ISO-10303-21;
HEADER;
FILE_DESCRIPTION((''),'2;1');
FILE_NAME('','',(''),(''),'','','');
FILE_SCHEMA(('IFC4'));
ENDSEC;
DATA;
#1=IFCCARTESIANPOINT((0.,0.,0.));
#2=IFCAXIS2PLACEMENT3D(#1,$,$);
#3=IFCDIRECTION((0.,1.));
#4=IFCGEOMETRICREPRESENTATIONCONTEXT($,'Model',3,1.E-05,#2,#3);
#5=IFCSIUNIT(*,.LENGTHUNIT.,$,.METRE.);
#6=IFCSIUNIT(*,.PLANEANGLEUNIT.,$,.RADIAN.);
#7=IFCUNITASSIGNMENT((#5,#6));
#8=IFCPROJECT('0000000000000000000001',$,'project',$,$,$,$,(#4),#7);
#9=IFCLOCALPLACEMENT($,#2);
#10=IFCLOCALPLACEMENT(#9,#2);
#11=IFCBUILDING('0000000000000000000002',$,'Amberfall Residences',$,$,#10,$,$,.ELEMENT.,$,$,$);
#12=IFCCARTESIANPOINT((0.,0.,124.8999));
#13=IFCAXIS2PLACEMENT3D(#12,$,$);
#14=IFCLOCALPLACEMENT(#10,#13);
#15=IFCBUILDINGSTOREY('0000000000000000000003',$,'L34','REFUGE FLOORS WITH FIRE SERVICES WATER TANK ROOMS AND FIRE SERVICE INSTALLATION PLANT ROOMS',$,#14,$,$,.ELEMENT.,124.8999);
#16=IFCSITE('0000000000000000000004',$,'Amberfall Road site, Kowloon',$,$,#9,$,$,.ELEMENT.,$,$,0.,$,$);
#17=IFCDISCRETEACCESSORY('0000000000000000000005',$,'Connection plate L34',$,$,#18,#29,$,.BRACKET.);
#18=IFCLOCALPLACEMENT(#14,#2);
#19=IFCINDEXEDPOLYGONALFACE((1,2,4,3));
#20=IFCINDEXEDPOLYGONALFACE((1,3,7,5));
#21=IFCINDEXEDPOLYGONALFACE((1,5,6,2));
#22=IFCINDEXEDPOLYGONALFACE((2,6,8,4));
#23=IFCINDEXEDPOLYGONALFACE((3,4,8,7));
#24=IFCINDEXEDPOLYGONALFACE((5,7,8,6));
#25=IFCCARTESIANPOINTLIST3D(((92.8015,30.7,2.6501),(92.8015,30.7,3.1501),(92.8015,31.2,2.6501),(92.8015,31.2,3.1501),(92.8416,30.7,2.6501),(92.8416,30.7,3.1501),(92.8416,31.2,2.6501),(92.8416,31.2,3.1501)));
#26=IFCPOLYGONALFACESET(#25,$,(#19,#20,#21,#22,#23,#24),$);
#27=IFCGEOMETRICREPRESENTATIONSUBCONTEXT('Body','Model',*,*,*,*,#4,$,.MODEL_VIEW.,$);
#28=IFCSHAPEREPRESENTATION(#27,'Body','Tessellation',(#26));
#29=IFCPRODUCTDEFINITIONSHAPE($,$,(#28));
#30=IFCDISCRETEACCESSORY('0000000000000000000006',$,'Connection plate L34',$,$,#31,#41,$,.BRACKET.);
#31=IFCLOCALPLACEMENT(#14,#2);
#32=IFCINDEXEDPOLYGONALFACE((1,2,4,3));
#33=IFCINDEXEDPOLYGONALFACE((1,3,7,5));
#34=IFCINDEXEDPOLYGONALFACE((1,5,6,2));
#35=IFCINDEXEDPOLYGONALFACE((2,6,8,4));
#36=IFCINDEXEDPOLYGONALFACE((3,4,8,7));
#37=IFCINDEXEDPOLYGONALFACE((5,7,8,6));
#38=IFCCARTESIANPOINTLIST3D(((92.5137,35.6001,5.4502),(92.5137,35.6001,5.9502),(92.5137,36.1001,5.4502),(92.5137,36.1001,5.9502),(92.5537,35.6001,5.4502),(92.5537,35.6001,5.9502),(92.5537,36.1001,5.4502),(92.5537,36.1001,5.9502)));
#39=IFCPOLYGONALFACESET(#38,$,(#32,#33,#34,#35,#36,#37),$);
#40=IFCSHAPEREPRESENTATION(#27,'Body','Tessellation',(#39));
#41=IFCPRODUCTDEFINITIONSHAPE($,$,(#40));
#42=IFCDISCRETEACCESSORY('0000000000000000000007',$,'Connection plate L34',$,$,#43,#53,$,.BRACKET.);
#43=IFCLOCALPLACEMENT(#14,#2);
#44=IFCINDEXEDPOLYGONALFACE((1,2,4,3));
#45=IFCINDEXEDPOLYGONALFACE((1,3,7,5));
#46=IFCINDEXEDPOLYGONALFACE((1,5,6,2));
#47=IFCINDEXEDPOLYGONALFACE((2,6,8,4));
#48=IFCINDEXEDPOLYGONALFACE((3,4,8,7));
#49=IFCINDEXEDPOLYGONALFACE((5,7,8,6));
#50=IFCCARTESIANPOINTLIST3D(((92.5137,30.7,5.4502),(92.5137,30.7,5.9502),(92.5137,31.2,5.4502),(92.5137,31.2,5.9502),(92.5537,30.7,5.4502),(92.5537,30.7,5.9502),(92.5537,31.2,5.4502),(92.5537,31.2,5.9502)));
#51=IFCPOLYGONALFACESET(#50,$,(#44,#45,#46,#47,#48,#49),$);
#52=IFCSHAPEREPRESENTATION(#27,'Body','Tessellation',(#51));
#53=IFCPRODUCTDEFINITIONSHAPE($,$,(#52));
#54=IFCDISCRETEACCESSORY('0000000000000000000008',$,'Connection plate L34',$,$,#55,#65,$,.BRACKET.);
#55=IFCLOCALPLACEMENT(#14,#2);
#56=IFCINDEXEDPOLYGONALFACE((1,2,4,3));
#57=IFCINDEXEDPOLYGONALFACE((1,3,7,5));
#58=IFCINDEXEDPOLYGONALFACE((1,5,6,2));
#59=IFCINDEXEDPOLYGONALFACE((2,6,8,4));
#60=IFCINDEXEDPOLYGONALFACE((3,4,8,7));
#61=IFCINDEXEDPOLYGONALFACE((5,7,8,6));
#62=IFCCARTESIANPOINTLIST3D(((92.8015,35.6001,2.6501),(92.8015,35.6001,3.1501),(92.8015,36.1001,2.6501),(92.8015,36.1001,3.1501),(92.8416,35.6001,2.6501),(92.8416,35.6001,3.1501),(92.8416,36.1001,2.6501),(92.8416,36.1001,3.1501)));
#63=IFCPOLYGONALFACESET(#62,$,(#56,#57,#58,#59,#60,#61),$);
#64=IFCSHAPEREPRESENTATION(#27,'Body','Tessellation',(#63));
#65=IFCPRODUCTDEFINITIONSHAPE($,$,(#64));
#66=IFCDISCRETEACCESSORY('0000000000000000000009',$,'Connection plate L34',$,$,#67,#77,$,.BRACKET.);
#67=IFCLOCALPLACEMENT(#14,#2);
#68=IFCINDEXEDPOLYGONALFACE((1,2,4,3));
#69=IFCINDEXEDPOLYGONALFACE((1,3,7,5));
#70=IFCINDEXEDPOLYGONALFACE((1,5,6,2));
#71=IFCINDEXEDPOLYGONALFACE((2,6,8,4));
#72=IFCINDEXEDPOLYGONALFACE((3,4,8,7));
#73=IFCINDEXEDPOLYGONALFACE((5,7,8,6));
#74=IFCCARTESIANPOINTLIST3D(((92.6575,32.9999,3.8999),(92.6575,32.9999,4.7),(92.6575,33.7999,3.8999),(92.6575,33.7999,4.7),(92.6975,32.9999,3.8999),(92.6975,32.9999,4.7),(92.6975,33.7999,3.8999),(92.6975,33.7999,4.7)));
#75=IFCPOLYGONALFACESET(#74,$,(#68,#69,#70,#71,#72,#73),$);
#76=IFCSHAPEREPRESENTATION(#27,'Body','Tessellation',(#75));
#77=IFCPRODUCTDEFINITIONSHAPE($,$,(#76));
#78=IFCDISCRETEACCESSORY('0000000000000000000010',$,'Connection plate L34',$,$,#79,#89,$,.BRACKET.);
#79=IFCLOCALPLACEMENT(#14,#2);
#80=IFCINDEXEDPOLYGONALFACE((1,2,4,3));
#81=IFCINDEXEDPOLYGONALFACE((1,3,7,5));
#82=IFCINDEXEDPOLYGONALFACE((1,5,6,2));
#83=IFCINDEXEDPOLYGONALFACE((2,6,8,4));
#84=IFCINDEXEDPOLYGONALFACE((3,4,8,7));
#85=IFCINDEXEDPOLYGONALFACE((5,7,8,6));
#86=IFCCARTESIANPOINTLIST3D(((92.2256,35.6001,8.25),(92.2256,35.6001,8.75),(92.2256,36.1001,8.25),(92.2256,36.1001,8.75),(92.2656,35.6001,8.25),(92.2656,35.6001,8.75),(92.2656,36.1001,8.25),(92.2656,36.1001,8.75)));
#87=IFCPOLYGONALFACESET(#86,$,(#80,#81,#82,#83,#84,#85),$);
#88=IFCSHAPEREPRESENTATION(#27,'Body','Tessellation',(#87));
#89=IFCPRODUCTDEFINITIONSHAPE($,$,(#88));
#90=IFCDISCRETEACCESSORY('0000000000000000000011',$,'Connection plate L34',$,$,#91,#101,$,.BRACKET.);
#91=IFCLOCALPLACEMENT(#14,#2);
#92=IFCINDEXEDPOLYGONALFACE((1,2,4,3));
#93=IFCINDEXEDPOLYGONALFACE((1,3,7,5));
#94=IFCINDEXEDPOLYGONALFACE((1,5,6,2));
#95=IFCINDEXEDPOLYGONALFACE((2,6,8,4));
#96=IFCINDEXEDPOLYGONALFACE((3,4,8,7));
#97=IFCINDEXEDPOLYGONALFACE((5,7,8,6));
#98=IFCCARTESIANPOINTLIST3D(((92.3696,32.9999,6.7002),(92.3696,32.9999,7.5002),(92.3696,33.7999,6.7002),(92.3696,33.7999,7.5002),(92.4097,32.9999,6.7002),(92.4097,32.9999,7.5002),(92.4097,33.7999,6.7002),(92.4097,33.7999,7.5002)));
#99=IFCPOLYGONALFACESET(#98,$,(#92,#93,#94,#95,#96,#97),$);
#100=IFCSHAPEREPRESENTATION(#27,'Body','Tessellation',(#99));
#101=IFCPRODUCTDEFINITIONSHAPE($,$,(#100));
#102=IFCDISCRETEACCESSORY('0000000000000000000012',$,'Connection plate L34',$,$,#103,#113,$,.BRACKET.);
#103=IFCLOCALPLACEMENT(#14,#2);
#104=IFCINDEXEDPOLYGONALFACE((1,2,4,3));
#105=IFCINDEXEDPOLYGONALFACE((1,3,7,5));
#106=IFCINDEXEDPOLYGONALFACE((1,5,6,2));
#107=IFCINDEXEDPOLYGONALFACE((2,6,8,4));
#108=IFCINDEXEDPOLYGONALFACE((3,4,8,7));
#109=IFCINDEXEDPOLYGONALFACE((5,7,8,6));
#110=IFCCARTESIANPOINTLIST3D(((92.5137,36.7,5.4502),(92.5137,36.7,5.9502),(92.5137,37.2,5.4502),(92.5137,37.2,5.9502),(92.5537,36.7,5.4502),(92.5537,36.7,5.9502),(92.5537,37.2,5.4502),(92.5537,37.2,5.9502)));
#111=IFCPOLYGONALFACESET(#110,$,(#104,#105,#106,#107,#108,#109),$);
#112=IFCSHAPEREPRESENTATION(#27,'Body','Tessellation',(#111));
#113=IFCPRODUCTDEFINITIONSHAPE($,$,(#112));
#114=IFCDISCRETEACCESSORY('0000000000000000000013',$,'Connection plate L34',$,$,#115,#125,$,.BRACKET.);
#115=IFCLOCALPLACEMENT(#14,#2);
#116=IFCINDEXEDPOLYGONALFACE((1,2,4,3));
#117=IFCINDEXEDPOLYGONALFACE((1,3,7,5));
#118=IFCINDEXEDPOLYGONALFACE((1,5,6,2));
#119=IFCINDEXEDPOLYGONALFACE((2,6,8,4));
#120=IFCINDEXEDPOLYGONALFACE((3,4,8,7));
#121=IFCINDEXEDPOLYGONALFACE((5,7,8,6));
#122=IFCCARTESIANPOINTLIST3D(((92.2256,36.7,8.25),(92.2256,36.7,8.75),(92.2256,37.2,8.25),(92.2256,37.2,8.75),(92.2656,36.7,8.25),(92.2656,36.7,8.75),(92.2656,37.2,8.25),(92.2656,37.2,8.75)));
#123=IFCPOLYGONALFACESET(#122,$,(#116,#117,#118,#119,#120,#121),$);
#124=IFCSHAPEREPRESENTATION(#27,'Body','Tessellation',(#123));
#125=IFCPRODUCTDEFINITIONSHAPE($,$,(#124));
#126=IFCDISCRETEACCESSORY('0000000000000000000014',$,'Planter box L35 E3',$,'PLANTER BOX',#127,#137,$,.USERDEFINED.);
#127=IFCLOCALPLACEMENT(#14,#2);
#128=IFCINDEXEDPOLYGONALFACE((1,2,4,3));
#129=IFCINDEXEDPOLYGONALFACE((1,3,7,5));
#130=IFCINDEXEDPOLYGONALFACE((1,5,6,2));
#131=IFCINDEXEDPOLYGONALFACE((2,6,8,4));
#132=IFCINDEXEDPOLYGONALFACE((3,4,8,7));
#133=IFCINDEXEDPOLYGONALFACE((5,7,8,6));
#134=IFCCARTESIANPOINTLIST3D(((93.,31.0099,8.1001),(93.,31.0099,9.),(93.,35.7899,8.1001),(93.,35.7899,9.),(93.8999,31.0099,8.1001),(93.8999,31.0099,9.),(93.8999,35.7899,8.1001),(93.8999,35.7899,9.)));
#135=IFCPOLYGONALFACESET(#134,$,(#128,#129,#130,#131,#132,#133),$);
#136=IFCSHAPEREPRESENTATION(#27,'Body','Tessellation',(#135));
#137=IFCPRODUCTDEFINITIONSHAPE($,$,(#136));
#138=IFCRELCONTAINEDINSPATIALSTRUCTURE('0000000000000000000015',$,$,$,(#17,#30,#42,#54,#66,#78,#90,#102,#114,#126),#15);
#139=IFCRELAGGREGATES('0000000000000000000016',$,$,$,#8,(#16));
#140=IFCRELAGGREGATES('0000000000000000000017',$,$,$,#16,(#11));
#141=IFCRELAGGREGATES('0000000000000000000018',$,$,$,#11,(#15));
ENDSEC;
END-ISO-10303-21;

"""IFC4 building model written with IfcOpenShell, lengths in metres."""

from ifc_helpers import new_model, si_unit, direction, frame, origin, origin_2d, place, context, subcontext, project, spatial, rectangle, extrude, element, save


model = new_model("IFC4")

# Units and contexts
model_context = context("Model", 3, precision=1e-05, world=origin(), true_north=direction((0.0, 1.0)))
body_context = subcontext(model_context, "Body", "Model", "MODEL_VIEW")
ifc_project = project(units=[si_unit("LENGTHUNIT", "METRE"), si_unit("PLANEANGLEUNIT", "RADIAN")], contexts=[model_context])

# Site, building, storey
site_placement = place(None, origin())
site = spatial("IfcSite", under=ifc_project, at=site_placement, Name="Amberfall Road site, Kowloon", CompositionType="ELEMENT", RefElevation=0.0)
building_placement = place(site_placement, origin())
building = spatial("IfcBuilding", under=site, at=building_placement, Name="Amberfall Residences", CompositionType="ELEMENT")
storey_placement = place(building_placement, frame((0.0, 0.0, 124.8999)))
storey = spatial("IfcBuildingStorey", under=building, at=storey_placement, Name="L34", Description="REFUGE FLOORS WITH FIRE SERVICES WATER TANK ROOMS AND FIRE SERVICE INSTALLATION PLANT ROOMS", CompositionType="ELEMENT", Elevation=124.8999)

# Discrete accessories
for number, where, z_axis, x_axis, name in (
    (1, (92.8215, 30.95, 2.6501), (0.0, 0.0, 1.0), (0.0, 1.0, 0.0), "Connection plate L34"),
    (2, (92.5337, 35.8501, 5.4502), (0.0, 0.0, 1.0), (0.0, 1.0, 0.0), "Connection plate L34"),
    (3, (92.5337, 30.95, 5.4502), (0.0, 0.0, 1.0), (0.0, 1.0, 0.0), "Connection plate L34"),
    (4, (92.8215, 35.8501, 2.6501), (0.0, 0.0, 1.0), (0.0, 1.0, 0.0), "Connection plate L34"),
):
    element("IfcDiscreteAccessory", number, at=place(storey_placement, frame(where, z_axis=z_axis, x_axis=x_axis)), inside=storey, Name=name, PredefinedType="BRACKET", context=body_context, shape_type="SweptSolid", body=[
        extrude(rectangle(XDim=0.5, YDim=0.04, at=origin_2d()), origin(), (0.0, 0.0, 1.0), 0.5),
    ])
discrete_accessory_1_placement = place(storey_placement, frame((92.6775, 33.3999, 3.8999), z_axis=(0.0, 0.0, 1.0), x_axis=(0.0, 1.0, 0.0)))
element("IfcDiscreteAccessory", 5, at=discrete_accessory_1_placement, inside=storey, Name="Connection plate L34", PredefinedType="BRACKET", context=body_context, shape_type="SweptSolid", body=[
    extrude(rectangle(XDim=0.8, YDim=0.04, at=origin_2d()), origin(), (0.0, 0.0, 1.0), 0.8),
])
discrete_accessory_2_placement = place(storey_placement, frame((92.2456, 35.8501, 8.25), z_axis=(0.0, 0.0, 1.0), x_axis=(0.0, 1.0, 0.0)))
element("IfcDiscreteAccessory", 6, at=discrete_accessory_2_placement, inside=storey, Name="Connection plate L34", PredefinedType="BRACKET", context=body_context, shape_type="SweptSolid", body=[
    extrude(rectangle(XDim=0.5, YDim=0.04, at=origin_2d()), origin(), (0.0, 0.0, 1.0), 0.5),
])
discrete_accessory_3_placement = place(storey_placement, frame((92.3896, 33.3999, 6.7002), z_axis=(0.0, 0.0, 1.0), x_axis=(0.0, 1.0, 0.0)))
element("IfcDiscreteAccessory", 7, at=discrete_accessory_3_placement, inside=storey, Name="Connection plate L34", PredefinedType="BRACKET", context=body_context, shape_type="SweptSolid", body=[
    extrude(rectangle(XDim=0.8, YDim=0.04, at=origin_2d()), origin(), (0.0, 0.0, 1.0), 0.8),
])
for number, where, z_axis, x_axis, name in (
    (8, (92.5337, 36.95, 5.4502), (0.0, 0.0, 1.0), (0.0, 1.0, 0.0), "Connection plate L34"),
    (9, (92.2456, 36.95, 8.25), (0.0, 0.0, 1.0), (0.0, 1.0, 0.0), "Connection plate L34"),
):
    element("IfcDiscreteAccessory", number, at=place(storey_placement, frame(where, z_axis=z_axis, x_axis=x_axis)), inside=storey, Name=name, PredefinedType="BRACKET", context=body_context, shape_type="SweptSolid", body=[
        extrude(rectangle(XDim=0.5, YDim=0.04, at=origin_2d()), origin(), (0.0, 0.0, 1.0), 0.5),
    ])
discrete_accessory_4_placement = place(storey_placement, frame((93.45, 33.3999, 8.1001), z_axis=(0.0, 0.0, 1.0), x_axis=(0.0, 1.0, 0.0)))
element("IfcDiscreteAccessory", 10, at=discrete_accessory_4_placement, inside=storey, Name="Planter box L35 E3", ObjectType="PLANTER BOX", PredefinedType="USERDEFINED", context=body_context, shape_type="SweptSolid", body=[
    extrude(rectangle(XDim=4.78, YDim=0.8999, at=origin_2d()), origin(), (0.0, 0.0, 1.0), 0.8999),
])

save(model, "model.ifc")
